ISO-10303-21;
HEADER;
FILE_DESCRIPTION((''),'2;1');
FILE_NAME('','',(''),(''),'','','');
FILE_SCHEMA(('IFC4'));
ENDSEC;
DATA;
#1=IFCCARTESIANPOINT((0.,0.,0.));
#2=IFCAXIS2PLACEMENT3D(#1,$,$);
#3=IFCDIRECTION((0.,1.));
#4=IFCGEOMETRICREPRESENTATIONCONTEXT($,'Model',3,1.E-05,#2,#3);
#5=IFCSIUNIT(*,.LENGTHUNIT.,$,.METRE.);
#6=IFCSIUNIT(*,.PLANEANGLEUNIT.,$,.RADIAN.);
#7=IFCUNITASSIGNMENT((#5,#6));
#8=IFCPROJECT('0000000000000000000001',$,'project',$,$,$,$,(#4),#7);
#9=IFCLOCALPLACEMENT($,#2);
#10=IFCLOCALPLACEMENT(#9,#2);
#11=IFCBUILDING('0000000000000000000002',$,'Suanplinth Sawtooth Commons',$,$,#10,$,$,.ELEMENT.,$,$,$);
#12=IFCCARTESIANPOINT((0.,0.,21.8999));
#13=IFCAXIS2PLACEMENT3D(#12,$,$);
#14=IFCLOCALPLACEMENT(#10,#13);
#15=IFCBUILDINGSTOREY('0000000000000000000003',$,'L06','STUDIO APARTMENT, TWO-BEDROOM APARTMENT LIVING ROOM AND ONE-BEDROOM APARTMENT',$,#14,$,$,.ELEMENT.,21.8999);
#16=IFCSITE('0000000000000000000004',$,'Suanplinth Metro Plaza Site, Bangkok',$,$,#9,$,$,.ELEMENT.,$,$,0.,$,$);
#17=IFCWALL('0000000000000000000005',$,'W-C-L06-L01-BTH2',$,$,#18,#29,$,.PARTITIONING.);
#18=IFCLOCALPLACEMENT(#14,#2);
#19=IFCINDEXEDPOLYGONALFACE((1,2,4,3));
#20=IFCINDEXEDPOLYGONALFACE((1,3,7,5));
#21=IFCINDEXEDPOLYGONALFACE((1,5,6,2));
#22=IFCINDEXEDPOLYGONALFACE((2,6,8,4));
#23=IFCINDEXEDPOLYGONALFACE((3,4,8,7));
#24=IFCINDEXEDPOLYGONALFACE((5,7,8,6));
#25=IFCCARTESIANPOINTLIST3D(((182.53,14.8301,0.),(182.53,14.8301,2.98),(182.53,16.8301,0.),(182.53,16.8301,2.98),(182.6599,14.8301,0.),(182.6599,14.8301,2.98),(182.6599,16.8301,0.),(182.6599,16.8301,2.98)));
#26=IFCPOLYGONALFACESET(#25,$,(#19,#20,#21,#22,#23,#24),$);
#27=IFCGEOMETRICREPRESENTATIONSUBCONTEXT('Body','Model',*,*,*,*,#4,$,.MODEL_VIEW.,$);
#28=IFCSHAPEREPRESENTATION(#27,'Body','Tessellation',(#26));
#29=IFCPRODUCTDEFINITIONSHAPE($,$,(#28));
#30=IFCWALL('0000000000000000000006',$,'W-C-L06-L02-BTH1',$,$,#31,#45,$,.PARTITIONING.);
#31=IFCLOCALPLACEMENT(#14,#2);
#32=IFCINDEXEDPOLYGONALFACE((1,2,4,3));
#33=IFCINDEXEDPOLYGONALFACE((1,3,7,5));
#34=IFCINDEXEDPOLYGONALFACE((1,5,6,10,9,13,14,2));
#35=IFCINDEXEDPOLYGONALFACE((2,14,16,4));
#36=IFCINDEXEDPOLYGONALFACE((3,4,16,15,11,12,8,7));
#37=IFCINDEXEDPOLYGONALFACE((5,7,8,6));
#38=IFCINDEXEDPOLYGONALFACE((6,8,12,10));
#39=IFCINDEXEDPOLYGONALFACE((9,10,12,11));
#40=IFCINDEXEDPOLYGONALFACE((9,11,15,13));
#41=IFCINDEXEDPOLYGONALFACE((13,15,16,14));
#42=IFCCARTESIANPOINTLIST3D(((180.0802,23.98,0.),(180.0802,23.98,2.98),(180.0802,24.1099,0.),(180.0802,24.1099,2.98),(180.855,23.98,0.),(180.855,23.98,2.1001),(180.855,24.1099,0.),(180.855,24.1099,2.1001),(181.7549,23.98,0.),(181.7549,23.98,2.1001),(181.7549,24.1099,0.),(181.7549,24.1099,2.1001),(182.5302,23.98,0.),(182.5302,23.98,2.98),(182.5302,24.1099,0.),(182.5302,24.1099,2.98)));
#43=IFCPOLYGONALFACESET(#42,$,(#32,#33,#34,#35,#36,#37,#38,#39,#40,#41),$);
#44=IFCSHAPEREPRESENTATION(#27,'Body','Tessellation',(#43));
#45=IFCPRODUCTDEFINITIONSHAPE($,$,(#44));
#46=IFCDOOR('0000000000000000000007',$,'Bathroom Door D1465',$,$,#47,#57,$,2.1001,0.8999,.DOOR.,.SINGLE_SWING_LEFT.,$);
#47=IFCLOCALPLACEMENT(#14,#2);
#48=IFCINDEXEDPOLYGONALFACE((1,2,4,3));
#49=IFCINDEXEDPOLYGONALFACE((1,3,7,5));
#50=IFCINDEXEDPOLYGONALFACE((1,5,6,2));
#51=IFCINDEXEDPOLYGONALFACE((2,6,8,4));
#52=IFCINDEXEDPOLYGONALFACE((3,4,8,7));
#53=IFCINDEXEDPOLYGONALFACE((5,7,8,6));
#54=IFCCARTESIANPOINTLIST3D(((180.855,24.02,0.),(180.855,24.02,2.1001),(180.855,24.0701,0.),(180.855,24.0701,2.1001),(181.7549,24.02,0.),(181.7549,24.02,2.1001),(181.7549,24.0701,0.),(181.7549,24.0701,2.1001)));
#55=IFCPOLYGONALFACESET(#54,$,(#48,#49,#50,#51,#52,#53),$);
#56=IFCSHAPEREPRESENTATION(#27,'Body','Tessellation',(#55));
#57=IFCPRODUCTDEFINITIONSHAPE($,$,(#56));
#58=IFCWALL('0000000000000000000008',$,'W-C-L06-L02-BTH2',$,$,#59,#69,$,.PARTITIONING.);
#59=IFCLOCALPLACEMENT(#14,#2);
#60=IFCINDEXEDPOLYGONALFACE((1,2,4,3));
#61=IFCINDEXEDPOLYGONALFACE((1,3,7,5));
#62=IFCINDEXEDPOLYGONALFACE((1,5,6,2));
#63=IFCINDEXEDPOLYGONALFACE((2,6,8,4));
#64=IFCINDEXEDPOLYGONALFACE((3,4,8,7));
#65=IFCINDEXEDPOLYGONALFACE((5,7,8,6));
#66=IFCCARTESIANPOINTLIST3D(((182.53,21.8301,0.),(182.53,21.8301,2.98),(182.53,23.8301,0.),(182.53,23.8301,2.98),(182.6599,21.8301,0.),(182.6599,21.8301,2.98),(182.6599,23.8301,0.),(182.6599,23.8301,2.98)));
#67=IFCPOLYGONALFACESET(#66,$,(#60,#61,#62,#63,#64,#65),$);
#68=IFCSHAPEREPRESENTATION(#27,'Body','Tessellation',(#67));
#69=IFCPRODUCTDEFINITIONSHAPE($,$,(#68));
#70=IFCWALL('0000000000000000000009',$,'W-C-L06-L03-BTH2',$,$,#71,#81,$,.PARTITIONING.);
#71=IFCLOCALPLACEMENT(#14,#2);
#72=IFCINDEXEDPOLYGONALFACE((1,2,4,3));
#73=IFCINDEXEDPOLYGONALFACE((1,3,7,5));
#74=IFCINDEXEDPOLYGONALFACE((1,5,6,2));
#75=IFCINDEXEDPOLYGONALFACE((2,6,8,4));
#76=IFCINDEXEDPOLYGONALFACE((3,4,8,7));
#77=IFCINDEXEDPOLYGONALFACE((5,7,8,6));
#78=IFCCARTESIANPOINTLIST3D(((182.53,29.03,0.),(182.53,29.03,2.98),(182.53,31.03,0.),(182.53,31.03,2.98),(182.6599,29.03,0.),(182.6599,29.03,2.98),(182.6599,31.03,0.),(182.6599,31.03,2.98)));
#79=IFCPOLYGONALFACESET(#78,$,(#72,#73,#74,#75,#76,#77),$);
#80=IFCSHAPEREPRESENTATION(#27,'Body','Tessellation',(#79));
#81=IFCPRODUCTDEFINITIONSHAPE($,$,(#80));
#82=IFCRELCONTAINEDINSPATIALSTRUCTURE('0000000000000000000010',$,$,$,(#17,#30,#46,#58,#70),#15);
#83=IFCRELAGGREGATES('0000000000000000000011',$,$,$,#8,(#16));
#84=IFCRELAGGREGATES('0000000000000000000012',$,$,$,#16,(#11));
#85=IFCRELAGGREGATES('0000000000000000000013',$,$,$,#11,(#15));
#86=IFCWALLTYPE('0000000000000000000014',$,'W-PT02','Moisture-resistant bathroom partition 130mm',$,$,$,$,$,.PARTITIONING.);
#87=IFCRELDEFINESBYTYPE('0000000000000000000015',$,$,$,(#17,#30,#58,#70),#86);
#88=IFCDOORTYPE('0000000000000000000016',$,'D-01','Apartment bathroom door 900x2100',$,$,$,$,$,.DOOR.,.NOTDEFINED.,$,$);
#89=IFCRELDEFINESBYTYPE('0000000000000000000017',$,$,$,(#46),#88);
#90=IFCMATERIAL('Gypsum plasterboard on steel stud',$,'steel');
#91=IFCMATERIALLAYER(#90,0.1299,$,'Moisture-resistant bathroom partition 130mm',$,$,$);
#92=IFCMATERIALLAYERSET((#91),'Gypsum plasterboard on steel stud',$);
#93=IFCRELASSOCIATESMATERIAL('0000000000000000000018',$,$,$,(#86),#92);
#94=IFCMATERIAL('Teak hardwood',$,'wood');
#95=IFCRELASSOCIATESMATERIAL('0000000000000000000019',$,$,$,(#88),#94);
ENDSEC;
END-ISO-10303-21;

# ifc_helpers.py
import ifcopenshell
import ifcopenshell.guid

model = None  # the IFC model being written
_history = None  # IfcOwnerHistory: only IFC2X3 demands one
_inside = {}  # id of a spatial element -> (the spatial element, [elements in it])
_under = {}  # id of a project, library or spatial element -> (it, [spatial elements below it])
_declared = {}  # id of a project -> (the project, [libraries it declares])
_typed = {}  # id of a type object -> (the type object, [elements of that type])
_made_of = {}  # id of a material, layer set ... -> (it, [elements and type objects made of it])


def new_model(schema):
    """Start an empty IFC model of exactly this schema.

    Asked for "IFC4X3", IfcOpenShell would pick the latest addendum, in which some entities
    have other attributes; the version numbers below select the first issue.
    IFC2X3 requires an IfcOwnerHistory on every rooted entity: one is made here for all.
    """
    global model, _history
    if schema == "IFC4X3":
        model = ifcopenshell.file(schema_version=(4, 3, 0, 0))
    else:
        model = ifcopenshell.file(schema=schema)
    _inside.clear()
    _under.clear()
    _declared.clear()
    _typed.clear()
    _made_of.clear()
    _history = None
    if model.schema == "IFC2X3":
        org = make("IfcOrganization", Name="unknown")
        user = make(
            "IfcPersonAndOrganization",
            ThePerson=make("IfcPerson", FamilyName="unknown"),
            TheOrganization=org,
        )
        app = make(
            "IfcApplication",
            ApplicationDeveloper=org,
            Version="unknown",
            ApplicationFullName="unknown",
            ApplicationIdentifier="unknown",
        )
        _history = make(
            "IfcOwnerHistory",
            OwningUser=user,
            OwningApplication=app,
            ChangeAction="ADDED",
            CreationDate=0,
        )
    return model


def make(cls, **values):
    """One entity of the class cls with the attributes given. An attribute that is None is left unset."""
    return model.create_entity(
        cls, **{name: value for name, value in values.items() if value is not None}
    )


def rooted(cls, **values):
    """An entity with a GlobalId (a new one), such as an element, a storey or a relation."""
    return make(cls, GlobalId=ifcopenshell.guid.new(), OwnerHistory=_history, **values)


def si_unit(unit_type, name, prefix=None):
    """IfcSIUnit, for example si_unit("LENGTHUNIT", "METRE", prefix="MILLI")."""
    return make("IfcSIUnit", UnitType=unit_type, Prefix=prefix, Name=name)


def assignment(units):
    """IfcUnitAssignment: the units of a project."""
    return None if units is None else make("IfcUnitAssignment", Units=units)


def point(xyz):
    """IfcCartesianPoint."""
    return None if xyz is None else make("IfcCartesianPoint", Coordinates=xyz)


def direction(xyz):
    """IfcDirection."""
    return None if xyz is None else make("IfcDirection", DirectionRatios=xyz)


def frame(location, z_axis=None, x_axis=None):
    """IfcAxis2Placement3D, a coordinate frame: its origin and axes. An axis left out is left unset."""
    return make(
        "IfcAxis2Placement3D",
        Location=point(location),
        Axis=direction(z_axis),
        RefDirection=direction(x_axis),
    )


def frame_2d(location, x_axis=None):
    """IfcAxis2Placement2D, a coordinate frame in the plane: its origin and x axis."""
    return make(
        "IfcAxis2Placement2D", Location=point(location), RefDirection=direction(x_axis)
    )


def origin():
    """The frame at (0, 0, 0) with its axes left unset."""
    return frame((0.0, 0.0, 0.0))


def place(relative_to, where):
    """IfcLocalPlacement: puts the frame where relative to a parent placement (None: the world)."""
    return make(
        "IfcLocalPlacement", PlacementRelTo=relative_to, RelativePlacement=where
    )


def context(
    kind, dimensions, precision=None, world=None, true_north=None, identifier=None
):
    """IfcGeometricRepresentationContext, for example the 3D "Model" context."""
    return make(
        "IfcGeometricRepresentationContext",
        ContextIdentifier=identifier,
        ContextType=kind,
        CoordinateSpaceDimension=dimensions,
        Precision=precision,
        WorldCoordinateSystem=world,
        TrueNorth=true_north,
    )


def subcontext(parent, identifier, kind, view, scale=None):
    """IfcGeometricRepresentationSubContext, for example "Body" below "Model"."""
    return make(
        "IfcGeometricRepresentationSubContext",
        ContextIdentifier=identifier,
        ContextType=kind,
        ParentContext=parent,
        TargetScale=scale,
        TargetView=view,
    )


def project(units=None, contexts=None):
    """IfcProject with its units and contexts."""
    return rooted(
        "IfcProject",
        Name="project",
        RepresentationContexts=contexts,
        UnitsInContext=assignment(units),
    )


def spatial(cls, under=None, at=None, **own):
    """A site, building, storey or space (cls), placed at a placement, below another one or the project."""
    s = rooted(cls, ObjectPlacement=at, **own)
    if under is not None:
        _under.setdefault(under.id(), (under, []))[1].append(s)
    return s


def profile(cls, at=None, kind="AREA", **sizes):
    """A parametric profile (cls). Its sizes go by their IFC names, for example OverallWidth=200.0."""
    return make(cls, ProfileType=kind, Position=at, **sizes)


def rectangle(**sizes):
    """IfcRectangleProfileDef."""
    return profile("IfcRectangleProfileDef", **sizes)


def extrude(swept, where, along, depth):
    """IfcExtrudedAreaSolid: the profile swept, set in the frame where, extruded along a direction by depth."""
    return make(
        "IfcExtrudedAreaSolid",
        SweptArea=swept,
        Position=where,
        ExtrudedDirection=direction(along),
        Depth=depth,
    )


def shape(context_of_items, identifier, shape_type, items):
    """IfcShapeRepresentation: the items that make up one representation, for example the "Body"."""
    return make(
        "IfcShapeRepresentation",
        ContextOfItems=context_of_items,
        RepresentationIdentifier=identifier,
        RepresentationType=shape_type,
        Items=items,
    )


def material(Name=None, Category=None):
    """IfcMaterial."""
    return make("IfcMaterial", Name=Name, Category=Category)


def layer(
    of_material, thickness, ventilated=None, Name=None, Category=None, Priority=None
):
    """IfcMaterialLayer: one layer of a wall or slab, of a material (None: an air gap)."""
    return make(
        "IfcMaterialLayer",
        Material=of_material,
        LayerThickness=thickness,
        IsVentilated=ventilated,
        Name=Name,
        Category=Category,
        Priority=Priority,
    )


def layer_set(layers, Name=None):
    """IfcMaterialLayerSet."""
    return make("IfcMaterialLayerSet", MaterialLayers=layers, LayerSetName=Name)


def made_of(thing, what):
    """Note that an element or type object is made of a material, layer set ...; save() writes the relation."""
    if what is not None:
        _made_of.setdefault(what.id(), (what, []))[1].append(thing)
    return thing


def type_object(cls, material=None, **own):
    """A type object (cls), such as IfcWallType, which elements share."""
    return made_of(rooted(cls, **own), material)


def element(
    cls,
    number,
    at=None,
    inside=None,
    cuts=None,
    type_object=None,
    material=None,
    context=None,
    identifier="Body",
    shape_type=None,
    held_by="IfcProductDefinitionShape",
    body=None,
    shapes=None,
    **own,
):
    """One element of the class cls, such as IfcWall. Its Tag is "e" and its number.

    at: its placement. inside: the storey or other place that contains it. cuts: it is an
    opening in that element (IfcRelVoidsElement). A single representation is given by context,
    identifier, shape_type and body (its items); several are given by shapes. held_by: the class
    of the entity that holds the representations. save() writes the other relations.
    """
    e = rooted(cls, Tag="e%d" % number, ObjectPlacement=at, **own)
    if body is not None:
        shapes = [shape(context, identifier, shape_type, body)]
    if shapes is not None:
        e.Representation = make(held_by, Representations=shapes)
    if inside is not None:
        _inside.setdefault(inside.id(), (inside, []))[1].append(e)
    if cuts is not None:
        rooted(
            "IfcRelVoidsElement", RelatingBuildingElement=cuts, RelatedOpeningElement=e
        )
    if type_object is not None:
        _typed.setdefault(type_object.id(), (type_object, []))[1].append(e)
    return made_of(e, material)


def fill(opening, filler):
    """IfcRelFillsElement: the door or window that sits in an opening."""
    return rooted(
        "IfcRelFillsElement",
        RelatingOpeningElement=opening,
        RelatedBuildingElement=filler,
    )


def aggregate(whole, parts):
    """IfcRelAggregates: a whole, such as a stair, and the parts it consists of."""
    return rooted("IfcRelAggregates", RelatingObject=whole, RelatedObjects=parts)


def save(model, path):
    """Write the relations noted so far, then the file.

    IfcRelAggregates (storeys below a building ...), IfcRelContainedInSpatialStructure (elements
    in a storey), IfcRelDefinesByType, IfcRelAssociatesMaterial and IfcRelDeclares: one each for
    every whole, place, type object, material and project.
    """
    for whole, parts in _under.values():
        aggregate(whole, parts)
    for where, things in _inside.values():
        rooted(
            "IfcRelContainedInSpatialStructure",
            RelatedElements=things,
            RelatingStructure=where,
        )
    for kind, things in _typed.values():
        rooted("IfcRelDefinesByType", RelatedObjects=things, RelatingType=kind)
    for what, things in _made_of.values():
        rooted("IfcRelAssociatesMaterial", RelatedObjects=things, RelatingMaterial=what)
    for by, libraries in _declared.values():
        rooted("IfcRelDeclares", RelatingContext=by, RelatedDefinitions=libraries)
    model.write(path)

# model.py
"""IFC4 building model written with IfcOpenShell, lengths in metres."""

from ifc_helpers import new_model, si_unit, direction, frame, frame_2d, origin, place, context, subcontext, project, spatial, rectangle, extrude, material, layer, layer_set, type_object, element, fill, save


model = new_model("IFC4")

# Units and contexts
model_context = context("Model", 3, precision=1e-05, world=origin(), true_north=direction((0.0, 1.0)))
body_context = subcontext(model_context, "Body", "Model", "MODEL_VIEW")
ifc_project = project(units=[si_unit("LENGTHUNIT", "METRE"), si_unit("PLANEANGLEUNIT", "RADIAN")], contexts=[model_context])

# Site, building, storey
site_placement = place(None, origin())
site = spatial("IfcSite", under=ifc_project, at=site_placement, Name="Suanplinth Metro Plaza Site, Bangkok", CompositionType="ELEMENT", RefElevation=0.0)
building_placement = place(site_placement, origin())
building = spatial("IfcBuilding", under=site, at=building_placement, Name="Suanplinth Sawtooth Commons", CompositionType="ELEMENT")
storey_placement = place(building_placement, frame((0.0, 0.0, 21.8999)))
storey = spatial("IfcBuildingStorey", under=building, at=storey_placement, Name="L06", Description="STUDIO APARTMENT, TWO-BEDROOM APARTMENT LIVING ROOM AND ONE-BEDROOM APARTMENT", CompositionType="ELEMENT", Elevation=21.8999)

# Shared definitions
ifc_material_1 = material(Name="Gypsum plasterboard on steel stud", Category="steel")
ifc_layer_1 = layer(ifc_material_1, 0.1299, Name="Moisture-resistant bathroom partition 130mm")
ifc_layer_set_1 = layer_set([ifc_layer_1], Name="Gypsum plasterboard on steel stud")
wall_type_1 = type_object("IfcWallType", Name="W-PT02", Description="Moisture-resistant bathroom partition 130mm", PredefinedType="PARTITIONING", material=ifc_layer_set_1)
ifc_material_2 = material(Name="Teak hardwood", Category="wood")
door_type_1 = type_object("IfcDoorType", Name="D-01", Description="Apartment bathroom door 900x2100", OperationType="NOTDEFINED", PredefinedType="DOOR", material=ifc_material_2)

# Wall
wall_1_placement = place(storey_placement, frame((182.595, 14.8301, 0.0), z_axis=(0.0, 0.0, 1.0), x_axis=(0.0, 1.0, 0.0)))
element("IfcWall", 1, at=wall_1_placement, inside=storey, type_object=wall_type_1, Name="W-C-L06-L01-BTH2", PredefinedType="PARTITIONING", context=body_context, shape_type="SweptSolid", body=[
    extrude(rectangle(XDim=2.0, YDim=0.1299, at=frame_2d((1.0, 0.0))), origin(), (0.0, 0.0, 1.0), 2.98),
])

# Wall, opening, door
wall_2_placement = place(storey_placement, frame((180.0801, 24.0449, 0.0), z_axis=(0.0, 0.0, 1.0), x_axis=(1.0, 0.0, 0.0)))
wall_2 = element("IfcWall", 2, at=wall_2_placement, inside=storey, type_object=wall_type_1, Name="W-C-L06-L02-BTH1", PredefinedType="PARTITIONING", context=body_context, shape_type="SweptSolid", body=[
    extrude(rectangle(XDim=2.45, YDim=0.1299, at=frame_2d((1.2251, 0.0))), origin(), (0.0, 0.0, 1.0), 2.98),
])
opening_1_placement = place(wall_2_placement, frame((0.7749, 0.0, 0.0)))
opening_1 = element("IfcOpeningElement", 3, at=opening_1_placement, cuts=wall_2, PredefinedType="OPENING", context=body_context, shape_type="SweptSolid", body=[
    extrude(rectangle(XDim=0.8999, YDim=2.1001, at=frame_2d((0.45, 1.05))), frame((0.0, 0.0798, 0.0), z_axis=(0.0, -1.0, 0.0), x_axis=(1.0, 0.0, 0.0)), (0.0, 0.0, 1.0), 0.1597),
])
door_1_placement = place(opening_1_placement, frame((0.8999, 0.0, 0.0), z_axis=(0.0, 0.0, 1.0), x_axis=(-1.0, 0.0, 0.0)))
door_1 = element("IfcDoor", 4, at=door_1_placement, inside=storey, type_object=door_type_1, Name="Bathroom Door D1465", OperationType="SINGLE_SWING_LEFT", OverallHeight=2.1001, OverallWidth=0.8999, PredefinedType="DOOR", context=body_context, shape_type="SweptSolid", body=[
    extrude(rectangle(XDim=0.8999, YDim=2.1001, at=frame_2d((0.45, 1.05))), frame((0.0, 0.0249, 0.0), z_axis=(0.0, -1.0, 0.0), x_axis=(1.0, 0.0, 0.0)), (0.0, 0.0, 1.0), 0.05),
])
fill(opening_1, door_1)

# Walls
for number, where, z_axis, x_axis, name in (
    (5, (182.595, 21.8301, 0.0), (0.0, 0.0, 1.0), (0.0, 1.0, 0.0), "W-C-L06-L02-BTH2"),
    (6, (182.595, 29.03, 0.0), (0.0, 0.0, 1.0), (0.0, 1.0, 0.0), "W-C-L06-L03-BTH2"),
):
    element("IfcWall", number, at=place(storey_placement, frame(where, z_axis=z_axis, x_axis=x_axis)), inside=storey, type_object=wall_type_1, Name=name, PredefinedType="PARTITIONING", context=body_context, shape_type="SweptSolid", body=[
        extrude(rectangle(XDim=2.0, YDim=0.1299, at=frame_2d((1.0, 0.0))), origin(), (0.0, 0.0, 1.0), 2.98),
    ])

save(model, "model.ifc")
